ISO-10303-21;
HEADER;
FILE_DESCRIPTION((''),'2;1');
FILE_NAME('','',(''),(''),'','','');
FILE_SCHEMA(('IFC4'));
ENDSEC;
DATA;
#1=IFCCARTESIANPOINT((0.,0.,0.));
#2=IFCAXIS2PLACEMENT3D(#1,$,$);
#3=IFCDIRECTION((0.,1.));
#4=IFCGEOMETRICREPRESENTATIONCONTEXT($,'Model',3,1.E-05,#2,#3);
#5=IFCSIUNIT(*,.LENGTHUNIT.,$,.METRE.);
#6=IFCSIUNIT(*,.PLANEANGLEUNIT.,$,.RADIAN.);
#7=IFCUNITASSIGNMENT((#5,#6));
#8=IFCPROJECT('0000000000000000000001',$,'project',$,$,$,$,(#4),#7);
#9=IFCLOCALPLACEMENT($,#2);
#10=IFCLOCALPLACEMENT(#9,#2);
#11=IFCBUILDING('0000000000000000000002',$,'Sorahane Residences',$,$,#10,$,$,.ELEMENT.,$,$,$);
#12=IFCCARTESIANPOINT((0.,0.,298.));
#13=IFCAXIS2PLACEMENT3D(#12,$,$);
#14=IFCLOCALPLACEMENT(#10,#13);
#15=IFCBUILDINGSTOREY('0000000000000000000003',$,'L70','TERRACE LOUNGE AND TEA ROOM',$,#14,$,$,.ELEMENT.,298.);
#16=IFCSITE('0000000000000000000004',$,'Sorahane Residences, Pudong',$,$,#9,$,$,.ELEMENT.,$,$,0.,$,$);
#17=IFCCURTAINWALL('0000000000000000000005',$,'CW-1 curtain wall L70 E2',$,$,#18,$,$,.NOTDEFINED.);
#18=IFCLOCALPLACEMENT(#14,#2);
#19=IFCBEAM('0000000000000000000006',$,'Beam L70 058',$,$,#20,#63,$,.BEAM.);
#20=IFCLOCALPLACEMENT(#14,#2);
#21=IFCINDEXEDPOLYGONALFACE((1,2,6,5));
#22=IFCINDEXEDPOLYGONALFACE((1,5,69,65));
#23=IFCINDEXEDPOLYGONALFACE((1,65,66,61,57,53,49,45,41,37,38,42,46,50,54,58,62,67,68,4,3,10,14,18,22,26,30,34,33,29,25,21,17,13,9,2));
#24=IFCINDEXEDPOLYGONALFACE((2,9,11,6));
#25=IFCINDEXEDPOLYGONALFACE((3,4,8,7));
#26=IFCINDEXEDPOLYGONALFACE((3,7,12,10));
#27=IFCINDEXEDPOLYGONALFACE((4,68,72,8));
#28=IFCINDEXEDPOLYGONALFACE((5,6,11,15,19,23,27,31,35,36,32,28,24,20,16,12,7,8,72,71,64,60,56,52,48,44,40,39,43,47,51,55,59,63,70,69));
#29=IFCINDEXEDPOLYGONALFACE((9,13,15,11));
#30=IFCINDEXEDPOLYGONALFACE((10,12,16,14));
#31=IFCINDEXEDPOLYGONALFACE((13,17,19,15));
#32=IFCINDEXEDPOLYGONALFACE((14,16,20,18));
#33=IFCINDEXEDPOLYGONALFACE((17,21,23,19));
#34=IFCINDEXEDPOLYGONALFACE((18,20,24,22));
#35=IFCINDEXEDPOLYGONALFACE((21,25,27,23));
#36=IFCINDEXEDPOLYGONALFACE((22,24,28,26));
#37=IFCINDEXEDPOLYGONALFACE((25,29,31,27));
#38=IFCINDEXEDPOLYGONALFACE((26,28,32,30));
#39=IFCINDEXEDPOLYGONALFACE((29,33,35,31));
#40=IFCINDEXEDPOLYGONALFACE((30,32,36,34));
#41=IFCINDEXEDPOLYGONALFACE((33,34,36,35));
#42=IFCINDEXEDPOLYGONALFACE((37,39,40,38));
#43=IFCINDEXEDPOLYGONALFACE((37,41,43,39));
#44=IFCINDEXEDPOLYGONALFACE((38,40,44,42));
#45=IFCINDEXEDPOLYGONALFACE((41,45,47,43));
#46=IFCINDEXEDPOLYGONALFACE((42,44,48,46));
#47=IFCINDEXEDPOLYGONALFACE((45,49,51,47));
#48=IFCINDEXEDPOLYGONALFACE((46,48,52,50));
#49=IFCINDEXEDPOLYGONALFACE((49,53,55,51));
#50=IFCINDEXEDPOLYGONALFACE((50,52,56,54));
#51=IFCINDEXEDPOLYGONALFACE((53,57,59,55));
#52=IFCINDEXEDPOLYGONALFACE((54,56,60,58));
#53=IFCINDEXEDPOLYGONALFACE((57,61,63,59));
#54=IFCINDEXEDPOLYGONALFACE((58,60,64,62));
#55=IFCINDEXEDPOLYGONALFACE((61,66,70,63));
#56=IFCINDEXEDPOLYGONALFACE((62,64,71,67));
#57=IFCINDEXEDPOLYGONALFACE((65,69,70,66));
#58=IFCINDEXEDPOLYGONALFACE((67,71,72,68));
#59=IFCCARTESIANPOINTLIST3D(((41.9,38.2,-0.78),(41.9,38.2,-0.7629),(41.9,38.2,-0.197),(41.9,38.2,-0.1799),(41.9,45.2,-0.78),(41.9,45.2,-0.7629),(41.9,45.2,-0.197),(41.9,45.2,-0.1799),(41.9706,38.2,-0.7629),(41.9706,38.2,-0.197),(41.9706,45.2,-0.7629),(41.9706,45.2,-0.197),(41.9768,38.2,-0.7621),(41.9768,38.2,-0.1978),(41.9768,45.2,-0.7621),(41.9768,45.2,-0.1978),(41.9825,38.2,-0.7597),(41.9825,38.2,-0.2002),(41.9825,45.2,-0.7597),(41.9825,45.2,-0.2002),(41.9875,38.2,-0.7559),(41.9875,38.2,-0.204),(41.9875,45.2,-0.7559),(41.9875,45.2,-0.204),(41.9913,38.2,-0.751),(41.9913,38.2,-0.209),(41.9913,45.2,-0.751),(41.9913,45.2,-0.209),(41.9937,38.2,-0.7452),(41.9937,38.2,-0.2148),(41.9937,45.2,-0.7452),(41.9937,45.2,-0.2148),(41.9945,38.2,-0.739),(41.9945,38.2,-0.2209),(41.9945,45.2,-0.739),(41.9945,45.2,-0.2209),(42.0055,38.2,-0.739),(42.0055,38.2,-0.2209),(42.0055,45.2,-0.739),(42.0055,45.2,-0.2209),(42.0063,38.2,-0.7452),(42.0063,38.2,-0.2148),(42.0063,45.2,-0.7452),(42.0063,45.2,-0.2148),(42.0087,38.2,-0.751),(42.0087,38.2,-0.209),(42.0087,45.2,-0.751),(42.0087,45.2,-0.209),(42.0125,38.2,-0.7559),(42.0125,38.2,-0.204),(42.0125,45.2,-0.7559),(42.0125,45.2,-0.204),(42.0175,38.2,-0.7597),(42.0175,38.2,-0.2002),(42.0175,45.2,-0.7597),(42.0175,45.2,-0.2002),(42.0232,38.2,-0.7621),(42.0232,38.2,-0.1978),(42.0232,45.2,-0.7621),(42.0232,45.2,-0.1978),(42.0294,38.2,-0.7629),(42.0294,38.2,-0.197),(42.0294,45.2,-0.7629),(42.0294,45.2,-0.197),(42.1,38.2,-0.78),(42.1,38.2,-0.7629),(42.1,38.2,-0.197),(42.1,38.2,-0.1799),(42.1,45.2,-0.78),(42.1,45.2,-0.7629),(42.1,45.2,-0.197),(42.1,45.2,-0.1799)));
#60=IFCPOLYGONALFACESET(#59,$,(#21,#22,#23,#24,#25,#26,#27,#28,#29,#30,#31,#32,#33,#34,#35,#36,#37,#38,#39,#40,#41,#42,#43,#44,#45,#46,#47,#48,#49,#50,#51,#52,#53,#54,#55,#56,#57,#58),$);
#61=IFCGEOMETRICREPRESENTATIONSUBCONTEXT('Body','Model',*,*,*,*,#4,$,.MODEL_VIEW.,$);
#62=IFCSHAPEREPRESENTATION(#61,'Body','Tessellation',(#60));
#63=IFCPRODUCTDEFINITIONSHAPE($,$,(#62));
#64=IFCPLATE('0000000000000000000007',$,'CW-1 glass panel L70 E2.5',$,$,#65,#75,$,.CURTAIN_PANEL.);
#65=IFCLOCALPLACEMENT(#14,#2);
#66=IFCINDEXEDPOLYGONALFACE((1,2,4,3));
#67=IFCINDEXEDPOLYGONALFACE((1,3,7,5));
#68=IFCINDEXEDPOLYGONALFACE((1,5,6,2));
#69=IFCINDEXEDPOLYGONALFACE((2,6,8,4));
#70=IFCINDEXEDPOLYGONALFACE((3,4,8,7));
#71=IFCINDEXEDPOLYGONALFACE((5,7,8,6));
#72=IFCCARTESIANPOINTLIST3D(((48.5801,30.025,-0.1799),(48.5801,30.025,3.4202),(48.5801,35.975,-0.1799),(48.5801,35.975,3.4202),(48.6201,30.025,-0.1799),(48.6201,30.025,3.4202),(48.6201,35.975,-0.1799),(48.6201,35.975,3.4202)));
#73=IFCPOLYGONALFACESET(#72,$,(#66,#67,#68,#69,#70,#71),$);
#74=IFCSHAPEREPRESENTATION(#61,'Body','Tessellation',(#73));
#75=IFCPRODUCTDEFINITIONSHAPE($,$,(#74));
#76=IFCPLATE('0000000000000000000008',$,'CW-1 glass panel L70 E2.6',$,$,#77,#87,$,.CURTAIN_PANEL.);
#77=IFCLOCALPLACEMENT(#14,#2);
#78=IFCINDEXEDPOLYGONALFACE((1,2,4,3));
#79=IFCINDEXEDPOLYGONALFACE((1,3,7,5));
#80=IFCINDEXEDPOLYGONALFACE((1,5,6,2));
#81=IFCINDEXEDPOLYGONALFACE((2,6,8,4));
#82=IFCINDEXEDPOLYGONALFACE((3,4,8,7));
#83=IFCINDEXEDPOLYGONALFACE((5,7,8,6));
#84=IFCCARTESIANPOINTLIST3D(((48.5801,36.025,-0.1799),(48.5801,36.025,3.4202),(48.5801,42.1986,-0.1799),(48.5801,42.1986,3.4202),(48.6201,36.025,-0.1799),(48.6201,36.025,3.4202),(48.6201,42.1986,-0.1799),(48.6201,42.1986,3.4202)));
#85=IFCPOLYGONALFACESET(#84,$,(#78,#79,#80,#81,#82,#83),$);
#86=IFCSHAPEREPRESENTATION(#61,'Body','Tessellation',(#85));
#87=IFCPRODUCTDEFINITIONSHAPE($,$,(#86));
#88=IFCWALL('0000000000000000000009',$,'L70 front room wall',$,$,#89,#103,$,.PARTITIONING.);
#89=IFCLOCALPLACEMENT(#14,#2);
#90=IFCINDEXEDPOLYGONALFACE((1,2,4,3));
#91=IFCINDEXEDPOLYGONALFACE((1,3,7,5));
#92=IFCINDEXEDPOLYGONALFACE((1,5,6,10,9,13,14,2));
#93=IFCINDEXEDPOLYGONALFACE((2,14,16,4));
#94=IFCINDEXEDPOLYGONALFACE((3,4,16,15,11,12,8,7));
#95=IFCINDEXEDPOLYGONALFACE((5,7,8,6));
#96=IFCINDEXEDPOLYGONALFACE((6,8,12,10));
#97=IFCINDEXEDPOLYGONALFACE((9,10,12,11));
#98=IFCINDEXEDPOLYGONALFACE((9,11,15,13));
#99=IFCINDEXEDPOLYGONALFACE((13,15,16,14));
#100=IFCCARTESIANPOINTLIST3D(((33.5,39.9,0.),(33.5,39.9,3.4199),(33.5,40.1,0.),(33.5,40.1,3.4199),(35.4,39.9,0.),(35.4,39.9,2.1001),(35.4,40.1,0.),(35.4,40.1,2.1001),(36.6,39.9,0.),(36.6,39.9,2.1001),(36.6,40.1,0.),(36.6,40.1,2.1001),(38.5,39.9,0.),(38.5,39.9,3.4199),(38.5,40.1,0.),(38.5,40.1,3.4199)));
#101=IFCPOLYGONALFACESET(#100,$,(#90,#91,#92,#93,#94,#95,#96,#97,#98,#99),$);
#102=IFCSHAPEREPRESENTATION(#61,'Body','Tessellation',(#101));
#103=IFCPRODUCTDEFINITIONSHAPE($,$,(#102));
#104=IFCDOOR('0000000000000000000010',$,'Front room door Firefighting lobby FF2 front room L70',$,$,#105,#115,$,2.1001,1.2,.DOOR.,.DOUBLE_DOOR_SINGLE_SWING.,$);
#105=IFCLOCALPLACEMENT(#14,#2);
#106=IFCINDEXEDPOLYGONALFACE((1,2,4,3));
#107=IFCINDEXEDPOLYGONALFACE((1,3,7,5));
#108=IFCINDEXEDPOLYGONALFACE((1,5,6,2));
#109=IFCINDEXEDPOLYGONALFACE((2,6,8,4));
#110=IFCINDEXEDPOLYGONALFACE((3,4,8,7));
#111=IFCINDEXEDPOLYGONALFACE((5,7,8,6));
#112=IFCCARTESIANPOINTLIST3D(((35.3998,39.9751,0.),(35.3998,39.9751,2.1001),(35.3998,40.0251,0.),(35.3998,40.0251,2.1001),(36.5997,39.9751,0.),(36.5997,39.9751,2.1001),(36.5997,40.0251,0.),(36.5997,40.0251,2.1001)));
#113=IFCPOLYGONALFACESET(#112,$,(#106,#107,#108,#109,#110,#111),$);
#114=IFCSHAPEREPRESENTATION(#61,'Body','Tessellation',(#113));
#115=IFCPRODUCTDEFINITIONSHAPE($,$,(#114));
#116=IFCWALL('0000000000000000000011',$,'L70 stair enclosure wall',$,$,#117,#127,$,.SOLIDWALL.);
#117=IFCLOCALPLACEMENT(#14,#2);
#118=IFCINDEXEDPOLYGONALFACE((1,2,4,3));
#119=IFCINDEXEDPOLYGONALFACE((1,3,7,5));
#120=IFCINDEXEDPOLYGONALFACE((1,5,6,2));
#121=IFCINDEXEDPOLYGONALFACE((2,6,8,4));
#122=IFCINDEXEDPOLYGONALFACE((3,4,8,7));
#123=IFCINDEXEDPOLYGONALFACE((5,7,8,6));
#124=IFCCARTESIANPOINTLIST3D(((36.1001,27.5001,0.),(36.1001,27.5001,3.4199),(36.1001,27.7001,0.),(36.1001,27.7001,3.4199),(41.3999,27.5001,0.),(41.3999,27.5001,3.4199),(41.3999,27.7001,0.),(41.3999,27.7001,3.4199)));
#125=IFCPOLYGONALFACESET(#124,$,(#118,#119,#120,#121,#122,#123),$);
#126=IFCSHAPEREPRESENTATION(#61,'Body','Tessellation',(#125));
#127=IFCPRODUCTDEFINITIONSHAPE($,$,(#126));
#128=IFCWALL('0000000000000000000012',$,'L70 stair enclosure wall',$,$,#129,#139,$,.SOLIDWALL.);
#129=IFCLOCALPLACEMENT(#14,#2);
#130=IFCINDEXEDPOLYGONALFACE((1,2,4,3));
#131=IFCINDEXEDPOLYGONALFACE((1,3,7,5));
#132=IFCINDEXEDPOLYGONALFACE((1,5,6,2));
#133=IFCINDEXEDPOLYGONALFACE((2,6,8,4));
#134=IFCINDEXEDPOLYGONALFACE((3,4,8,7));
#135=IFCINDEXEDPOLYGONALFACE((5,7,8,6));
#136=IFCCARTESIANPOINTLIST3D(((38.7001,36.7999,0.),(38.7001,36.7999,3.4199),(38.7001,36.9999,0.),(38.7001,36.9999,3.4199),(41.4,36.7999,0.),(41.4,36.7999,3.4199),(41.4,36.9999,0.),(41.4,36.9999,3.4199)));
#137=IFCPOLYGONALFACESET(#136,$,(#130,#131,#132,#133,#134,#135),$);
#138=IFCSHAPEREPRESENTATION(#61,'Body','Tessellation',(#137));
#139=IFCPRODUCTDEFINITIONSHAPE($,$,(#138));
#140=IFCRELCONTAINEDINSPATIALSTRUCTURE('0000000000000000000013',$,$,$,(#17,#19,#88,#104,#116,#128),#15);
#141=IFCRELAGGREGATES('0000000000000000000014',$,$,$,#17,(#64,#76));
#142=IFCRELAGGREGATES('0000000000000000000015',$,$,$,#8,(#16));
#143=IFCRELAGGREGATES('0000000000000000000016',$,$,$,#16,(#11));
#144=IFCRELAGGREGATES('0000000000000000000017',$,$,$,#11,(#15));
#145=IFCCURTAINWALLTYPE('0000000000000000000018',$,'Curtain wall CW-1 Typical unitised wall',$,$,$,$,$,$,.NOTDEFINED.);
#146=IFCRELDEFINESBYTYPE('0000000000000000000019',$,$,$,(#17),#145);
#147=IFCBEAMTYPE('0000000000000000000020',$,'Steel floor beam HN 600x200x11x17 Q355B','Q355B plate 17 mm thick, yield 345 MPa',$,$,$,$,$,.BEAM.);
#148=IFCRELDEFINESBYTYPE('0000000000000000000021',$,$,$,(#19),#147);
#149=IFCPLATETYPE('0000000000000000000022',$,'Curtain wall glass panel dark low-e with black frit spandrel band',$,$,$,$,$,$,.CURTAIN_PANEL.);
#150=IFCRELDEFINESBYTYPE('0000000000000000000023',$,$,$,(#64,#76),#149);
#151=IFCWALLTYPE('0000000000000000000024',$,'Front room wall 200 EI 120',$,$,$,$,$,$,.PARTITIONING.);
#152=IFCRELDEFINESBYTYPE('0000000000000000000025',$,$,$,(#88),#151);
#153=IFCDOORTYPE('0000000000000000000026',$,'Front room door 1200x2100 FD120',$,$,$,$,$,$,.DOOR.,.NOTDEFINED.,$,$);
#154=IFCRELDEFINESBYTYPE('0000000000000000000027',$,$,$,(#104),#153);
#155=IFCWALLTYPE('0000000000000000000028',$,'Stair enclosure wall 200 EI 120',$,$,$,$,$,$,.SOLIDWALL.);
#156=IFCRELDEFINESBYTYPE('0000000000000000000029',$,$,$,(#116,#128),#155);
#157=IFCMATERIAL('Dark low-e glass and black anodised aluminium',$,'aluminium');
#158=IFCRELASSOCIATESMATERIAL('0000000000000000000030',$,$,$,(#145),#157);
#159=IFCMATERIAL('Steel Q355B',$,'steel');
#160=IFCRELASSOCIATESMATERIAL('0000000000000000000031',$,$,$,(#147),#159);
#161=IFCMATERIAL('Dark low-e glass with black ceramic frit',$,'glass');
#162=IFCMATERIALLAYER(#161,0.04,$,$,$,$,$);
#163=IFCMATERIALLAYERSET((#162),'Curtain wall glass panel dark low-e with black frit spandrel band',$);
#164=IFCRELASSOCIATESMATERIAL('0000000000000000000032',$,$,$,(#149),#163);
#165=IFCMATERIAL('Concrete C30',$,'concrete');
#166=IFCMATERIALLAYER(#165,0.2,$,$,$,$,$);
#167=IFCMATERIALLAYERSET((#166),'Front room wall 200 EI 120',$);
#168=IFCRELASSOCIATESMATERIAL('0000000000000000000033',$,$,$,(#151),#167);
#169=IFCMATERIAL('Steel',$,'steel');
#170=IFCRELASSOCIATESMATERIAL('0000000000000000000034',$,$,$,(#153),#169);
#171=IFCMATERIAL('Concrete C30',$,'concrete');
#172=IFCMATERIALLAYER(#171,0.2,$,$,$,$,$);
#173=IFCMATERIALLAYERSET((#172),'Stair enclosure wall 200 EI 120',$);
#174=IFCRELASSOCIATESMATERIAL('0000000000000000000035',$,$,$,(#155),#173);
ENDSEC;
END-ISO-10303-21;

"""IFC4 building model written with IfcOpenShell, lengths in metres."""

from ifc_helpers import new_model, si_unit, direction, frame, frame_2d, origin, origin_2d, place, context, subcontext, project, spatial, rectangle, i_section, extrude, material, layer, layer_set, material_profile, profile_set, type_object, element, fill, aggregate, save


model = new_model("IFC4")

# Units and contexts
model_context = context("Model", 3, precision=1e-05, world=origin(), true_north=direction((0.0, 1.0)))
body_context = subcontext(model_context, "Body", "Model", "MODEL_VIEW")
ifc_project = project(units=[si_unit("LENGTHUNIT", "METRE"), si_unit("PLANEANGLEUNIT", "RADIAN")], contexts=[model_context])

# Site, building, storey
site_placement = place(None, origin())
site = spatial("IfcSite", under=ifc_project, at=site_placement, Name="Sorahane Residences, Pudong", CompositionType="ELEMENT", RefElevation=0.0)
building_placement = place(site_placement, origin())
building = spatial("IfcBuilding", under=site, at=building_placement, Name="Sorahane Residences", CompositionType="ELEMENT")
storey_placement = place(building_placement, frame((0.0, 0.0, 298.0)))
storey = spatial("IfcBuildingStorey", under=building, at=storey_placement, Name="L70", Description="TERRACE LOUNGE AND TEA ROOM", CompositionType="ELEMENT", Elevation=298.0)

# Curtain wall
ifc_material_1 = material(Name="Dark low-e glass and black anodised aluminium", Category="aluminium")
curtain_wall_type_1 = type_object("IfcCurtainWallType", Name="Curtain wall CW-1 Typical unitised wall", PredefinedType="NOTDEFINED", material=ifc_material_1)
curtain_wall_1_placement = place(storey_placement, origin())
curtain_wall_1 = element("IfcCurtainWall", 1, at=curtain_wall_1_placement, inside=storey, type_object=curtain_wall_type_1, Name="CW-1 curtain wall L70 E2", PredefinedType="NOTDEFINED")

# Beam
ifc_material_2 = material(Name="Steel Q355B", Category="steel")
ifc_material_profile_1 = material_profile(ifc_material_2, i_section(OverallWidth=0.2, OverallDepth=0.6001, WebThickness=0.011, FlangeThickness=0.0171, FilletRadius=0.0239, at=origin_2d()), Name="HN 600x200x11x17")
ifc_profile_set_1 = profile_set([ifc_material_profile_1], Name="Steel Q355B")
beam_type_1 = type_object("IfcBeamType", Name="Steel floor beam HN 600x200x11x17 Q355B", Description="Q355B plate 17 mm thick, yield 345 MPa", PredefinedType="BEAM", material=ifc_profile_set_1)
for number, where, z_axis, x_axis, name in (
    (2, (42.0, 38.2, -0.48), (0.0, 1.0, 0.0), (-1.0, 0.0, 0.0), "Beam L70 058"),
):
    element("IfcBeam", number, at=place(storey_placement, frame(where, z_axis=z_axis, x_axis=x_axis)), inside=storey, type_object=beam_type_1, Name=name, PredefinedType="BEAM", context=body_context, shape_type="SweptSolid", body=[
        extrude(i_section(OverallWidth=0.2, OverallDepth=0.6001, WebThickness=0.011, FlangeThickness=0.0171, FilletRadius=0.0239, at=origin_2d()), origin(), (0.0, 0.0, 1.0), 7.0),
    ])

# Plates
ifc_material_3 = material(Name="Dark low-e glass with black ceramic frit", Category="glass")
ifc_layer_1 = layer(ifc_material_3, 0.04)
ifc_layer_set_1 = layer_set([ifc_layer_1], Name="Curtain wall glass panel dark low-e with black frit spandrel band")
plate_type = type_object("IfcPlateType", Name="Curtain wall glass panel dark low-e with black frit spandrel band", PredefinedType="CURTAIN_PANEL", material=ifc_layer_set_1)
plate_1_placement = place(storey_placement, frame((48.6001, 33.0, -0.1799), z_axis=(0.0, 0.0, 1.0), x_axis=(0.0, 1.0, 0.0)))
plate_1 = element("IfcPlate", 3, at=plate_1_placement, type_object=plate_type, Name="CW-1 glass panel L70 E2.5", PredefinedType="CURTAIN_PANEL", context=body_context, shape_type="SweptSolid", body=[
    extrude(rectangle(XDim=5.95, YDim=0.04, at=origin_2d()), origin(), (0.0, 0.0, 1.0), 3.6001),
])
plate_2_placement = place(storey_placement, frame((48.6001, 39.1118, -0.1799), z_axis=(0.0, 0.0, 1.0), x_axis=(0.0, 1.0, 0.0)))
plate_2 = element("IfcPlate", 4, at=plate_2_placement, type_object=plate_type, Name="CW-1 glass panel L70 E2.6", PredefinedType="CURTAIN_PANEL", context=body_context, shape_type="SweptSolid", body=[
    extrude(rectangle(XDim=6.1736, YDim=0.04, at=origin_2d()), origin(), (0.0, 0.0, 1.0), 3.6001),
])
aggregate(curtain_wall_1, [plate_1, plate_2])

# Wall, opening, door
ifc_material_4 = material(Name="Concrete C30", Category="concrete")
ifc_layer_2 = layer(ifc_material_4, 0.2)
ifc_layer_set_2 = layer_set([ifc_layer_2], Name="Front room wall 200 EI 120")
wall_type_1 = type_object("IfcWallType", Name="Front room wall 200 EI 120", PredefinedType="PARTITIONING", material=ifc_layer_set_2)
wall_1_placement = place(storey_placement, frame((33.5, 40.0, 0.0), z_axis=(0.0, 0.0, 1.0), x_axis=(1.0, 0.0, 0.0)))
wall_1 = element("IfcWall", 5, at=wall_1_placement, inside=storey, type_object=wall_type_1, Name="L70 front room wall", PredefinedType="PARTITIONING", context=body_context, shape_type="SweptSolid", body=[
    extrude(rectangle(XDim=5.0, YDim=0.2, at=frame_2d((2.5, 0.0))), origin(), (0.0, 0.0, 1.0), 3.4199),
])
opening_placement = place(wall_1_placement, frame((1.8999, 0.0, 0.0)))
opening = element("IfcOpeningElement", 6, at=opening_placement, cuts=wall_1, PredefinedType="OPENING", context=body_context, shape_type="SweptSolid", body=[
    extrude(rectangle(XDim=1.2, YDim=2.1001, at=frame_2d((0.6001, 1.05))), frame((0.0, 0.1099, 0.0), z_axis=(0.0, -1.0, 0.0), x_axis=(1.0, 0.0, 0.0)), (0.0, 0.0, 1.0), 0.22),
])
ifc_material_5 = material(Name="Steel", Category="steel")
door_type = type_object("IfcDoorType", Name="Front room door 1200x2100 FD120", OperationType="NOTDEFINED", PredefinedType="DOOR", material=ifc_material_5)
door_placement = place(opening_placement, frame((1.2, 0.0, 0.0), z_axis=(0.0, 0.0, 1.0), x_axis=(-1.0, 0.0, 0.0)))
door = element("IfcDoor", 7, at=door_placement, inside=storey, type_object=door_type, Name="Front room door Firefighting lobby FF2 front room L70", OperationType="DOUBLE_DOOR_SINGLE_SWING", OverallHeight=2.1001, OverallWidth=1.2, PredefinedType="DOOR", context=body_context, shape_type="SweptSolid", body=[
    extrude(rectangle(XDim=1.2, YDim=2.1001, at=frame_2d((0.6001, 1.05))), frame((0.0, 0.0249, 0.0), z_axis=(0.0, -1.0, 0.0), x_axis=(1.0, 0.0, 0.0)), (0.0, 0.0, 1.0), 0.05),
])
fill(opening, door)

# Walls
ifc_material_6 = material(Name="Concrete C30", Category="concrete")
ifc_layer_3 = layer(ifc_material_6, 0.2)
ifc_layer_set_3 = layer_set([ifc_layer_3], Name="Stair enclosure wall 200 EI 120")
wall_type_2 = type_object("IfcWallType", Name="Stair enclosure wall 200 EI 120", PredefinedType="SOLIDWALL", material=ifc_layer_set_3)
wall_2_placement = place(storey_placement, frame((36.1001, 27.6001, 0.0), z_axis=(0.0, 0.0, 1.0), x_axis=(1.0, 0.0, 0.0)))
element("IfcWall", 8, at=wall_2_placement, inside=storey, type_object=wall_type_2, Name="L70 stair enclosure wall", PredefinedType="SOLIDWALL", context=body_context, shape_type="SweptSolid", body=[
    extrude(rectangle(XDim=5.2998, YDim=0.2, at=frame_2d((2.6499, 0.0))), origin(), (0.0, 0.0, 1.0), 3.4199),
])
wall_3_placement = place(storey_placement, frame((38.7, 36.8999, 0.0), z_axis=(0.0, 0.0, 1.0), x_axis=(1.0, 0.0, 0.0)))
element("IfcWall", 9, at=wall_3_placement, inside=storey, type_object=wall_type_2, Name="L70 stair enclosure wall", PredefinedType="SOLIDWALL", context=body_context, shape_type="SweptSolid", body=[
    extrude(rectangle(XDim=2.7, YDim=0.2, at=frame_2d((1.3501, 0.0))), origin(), (0.0, 0.0, 1.0), 3.4199),
])

save(model, "model.ifc")
